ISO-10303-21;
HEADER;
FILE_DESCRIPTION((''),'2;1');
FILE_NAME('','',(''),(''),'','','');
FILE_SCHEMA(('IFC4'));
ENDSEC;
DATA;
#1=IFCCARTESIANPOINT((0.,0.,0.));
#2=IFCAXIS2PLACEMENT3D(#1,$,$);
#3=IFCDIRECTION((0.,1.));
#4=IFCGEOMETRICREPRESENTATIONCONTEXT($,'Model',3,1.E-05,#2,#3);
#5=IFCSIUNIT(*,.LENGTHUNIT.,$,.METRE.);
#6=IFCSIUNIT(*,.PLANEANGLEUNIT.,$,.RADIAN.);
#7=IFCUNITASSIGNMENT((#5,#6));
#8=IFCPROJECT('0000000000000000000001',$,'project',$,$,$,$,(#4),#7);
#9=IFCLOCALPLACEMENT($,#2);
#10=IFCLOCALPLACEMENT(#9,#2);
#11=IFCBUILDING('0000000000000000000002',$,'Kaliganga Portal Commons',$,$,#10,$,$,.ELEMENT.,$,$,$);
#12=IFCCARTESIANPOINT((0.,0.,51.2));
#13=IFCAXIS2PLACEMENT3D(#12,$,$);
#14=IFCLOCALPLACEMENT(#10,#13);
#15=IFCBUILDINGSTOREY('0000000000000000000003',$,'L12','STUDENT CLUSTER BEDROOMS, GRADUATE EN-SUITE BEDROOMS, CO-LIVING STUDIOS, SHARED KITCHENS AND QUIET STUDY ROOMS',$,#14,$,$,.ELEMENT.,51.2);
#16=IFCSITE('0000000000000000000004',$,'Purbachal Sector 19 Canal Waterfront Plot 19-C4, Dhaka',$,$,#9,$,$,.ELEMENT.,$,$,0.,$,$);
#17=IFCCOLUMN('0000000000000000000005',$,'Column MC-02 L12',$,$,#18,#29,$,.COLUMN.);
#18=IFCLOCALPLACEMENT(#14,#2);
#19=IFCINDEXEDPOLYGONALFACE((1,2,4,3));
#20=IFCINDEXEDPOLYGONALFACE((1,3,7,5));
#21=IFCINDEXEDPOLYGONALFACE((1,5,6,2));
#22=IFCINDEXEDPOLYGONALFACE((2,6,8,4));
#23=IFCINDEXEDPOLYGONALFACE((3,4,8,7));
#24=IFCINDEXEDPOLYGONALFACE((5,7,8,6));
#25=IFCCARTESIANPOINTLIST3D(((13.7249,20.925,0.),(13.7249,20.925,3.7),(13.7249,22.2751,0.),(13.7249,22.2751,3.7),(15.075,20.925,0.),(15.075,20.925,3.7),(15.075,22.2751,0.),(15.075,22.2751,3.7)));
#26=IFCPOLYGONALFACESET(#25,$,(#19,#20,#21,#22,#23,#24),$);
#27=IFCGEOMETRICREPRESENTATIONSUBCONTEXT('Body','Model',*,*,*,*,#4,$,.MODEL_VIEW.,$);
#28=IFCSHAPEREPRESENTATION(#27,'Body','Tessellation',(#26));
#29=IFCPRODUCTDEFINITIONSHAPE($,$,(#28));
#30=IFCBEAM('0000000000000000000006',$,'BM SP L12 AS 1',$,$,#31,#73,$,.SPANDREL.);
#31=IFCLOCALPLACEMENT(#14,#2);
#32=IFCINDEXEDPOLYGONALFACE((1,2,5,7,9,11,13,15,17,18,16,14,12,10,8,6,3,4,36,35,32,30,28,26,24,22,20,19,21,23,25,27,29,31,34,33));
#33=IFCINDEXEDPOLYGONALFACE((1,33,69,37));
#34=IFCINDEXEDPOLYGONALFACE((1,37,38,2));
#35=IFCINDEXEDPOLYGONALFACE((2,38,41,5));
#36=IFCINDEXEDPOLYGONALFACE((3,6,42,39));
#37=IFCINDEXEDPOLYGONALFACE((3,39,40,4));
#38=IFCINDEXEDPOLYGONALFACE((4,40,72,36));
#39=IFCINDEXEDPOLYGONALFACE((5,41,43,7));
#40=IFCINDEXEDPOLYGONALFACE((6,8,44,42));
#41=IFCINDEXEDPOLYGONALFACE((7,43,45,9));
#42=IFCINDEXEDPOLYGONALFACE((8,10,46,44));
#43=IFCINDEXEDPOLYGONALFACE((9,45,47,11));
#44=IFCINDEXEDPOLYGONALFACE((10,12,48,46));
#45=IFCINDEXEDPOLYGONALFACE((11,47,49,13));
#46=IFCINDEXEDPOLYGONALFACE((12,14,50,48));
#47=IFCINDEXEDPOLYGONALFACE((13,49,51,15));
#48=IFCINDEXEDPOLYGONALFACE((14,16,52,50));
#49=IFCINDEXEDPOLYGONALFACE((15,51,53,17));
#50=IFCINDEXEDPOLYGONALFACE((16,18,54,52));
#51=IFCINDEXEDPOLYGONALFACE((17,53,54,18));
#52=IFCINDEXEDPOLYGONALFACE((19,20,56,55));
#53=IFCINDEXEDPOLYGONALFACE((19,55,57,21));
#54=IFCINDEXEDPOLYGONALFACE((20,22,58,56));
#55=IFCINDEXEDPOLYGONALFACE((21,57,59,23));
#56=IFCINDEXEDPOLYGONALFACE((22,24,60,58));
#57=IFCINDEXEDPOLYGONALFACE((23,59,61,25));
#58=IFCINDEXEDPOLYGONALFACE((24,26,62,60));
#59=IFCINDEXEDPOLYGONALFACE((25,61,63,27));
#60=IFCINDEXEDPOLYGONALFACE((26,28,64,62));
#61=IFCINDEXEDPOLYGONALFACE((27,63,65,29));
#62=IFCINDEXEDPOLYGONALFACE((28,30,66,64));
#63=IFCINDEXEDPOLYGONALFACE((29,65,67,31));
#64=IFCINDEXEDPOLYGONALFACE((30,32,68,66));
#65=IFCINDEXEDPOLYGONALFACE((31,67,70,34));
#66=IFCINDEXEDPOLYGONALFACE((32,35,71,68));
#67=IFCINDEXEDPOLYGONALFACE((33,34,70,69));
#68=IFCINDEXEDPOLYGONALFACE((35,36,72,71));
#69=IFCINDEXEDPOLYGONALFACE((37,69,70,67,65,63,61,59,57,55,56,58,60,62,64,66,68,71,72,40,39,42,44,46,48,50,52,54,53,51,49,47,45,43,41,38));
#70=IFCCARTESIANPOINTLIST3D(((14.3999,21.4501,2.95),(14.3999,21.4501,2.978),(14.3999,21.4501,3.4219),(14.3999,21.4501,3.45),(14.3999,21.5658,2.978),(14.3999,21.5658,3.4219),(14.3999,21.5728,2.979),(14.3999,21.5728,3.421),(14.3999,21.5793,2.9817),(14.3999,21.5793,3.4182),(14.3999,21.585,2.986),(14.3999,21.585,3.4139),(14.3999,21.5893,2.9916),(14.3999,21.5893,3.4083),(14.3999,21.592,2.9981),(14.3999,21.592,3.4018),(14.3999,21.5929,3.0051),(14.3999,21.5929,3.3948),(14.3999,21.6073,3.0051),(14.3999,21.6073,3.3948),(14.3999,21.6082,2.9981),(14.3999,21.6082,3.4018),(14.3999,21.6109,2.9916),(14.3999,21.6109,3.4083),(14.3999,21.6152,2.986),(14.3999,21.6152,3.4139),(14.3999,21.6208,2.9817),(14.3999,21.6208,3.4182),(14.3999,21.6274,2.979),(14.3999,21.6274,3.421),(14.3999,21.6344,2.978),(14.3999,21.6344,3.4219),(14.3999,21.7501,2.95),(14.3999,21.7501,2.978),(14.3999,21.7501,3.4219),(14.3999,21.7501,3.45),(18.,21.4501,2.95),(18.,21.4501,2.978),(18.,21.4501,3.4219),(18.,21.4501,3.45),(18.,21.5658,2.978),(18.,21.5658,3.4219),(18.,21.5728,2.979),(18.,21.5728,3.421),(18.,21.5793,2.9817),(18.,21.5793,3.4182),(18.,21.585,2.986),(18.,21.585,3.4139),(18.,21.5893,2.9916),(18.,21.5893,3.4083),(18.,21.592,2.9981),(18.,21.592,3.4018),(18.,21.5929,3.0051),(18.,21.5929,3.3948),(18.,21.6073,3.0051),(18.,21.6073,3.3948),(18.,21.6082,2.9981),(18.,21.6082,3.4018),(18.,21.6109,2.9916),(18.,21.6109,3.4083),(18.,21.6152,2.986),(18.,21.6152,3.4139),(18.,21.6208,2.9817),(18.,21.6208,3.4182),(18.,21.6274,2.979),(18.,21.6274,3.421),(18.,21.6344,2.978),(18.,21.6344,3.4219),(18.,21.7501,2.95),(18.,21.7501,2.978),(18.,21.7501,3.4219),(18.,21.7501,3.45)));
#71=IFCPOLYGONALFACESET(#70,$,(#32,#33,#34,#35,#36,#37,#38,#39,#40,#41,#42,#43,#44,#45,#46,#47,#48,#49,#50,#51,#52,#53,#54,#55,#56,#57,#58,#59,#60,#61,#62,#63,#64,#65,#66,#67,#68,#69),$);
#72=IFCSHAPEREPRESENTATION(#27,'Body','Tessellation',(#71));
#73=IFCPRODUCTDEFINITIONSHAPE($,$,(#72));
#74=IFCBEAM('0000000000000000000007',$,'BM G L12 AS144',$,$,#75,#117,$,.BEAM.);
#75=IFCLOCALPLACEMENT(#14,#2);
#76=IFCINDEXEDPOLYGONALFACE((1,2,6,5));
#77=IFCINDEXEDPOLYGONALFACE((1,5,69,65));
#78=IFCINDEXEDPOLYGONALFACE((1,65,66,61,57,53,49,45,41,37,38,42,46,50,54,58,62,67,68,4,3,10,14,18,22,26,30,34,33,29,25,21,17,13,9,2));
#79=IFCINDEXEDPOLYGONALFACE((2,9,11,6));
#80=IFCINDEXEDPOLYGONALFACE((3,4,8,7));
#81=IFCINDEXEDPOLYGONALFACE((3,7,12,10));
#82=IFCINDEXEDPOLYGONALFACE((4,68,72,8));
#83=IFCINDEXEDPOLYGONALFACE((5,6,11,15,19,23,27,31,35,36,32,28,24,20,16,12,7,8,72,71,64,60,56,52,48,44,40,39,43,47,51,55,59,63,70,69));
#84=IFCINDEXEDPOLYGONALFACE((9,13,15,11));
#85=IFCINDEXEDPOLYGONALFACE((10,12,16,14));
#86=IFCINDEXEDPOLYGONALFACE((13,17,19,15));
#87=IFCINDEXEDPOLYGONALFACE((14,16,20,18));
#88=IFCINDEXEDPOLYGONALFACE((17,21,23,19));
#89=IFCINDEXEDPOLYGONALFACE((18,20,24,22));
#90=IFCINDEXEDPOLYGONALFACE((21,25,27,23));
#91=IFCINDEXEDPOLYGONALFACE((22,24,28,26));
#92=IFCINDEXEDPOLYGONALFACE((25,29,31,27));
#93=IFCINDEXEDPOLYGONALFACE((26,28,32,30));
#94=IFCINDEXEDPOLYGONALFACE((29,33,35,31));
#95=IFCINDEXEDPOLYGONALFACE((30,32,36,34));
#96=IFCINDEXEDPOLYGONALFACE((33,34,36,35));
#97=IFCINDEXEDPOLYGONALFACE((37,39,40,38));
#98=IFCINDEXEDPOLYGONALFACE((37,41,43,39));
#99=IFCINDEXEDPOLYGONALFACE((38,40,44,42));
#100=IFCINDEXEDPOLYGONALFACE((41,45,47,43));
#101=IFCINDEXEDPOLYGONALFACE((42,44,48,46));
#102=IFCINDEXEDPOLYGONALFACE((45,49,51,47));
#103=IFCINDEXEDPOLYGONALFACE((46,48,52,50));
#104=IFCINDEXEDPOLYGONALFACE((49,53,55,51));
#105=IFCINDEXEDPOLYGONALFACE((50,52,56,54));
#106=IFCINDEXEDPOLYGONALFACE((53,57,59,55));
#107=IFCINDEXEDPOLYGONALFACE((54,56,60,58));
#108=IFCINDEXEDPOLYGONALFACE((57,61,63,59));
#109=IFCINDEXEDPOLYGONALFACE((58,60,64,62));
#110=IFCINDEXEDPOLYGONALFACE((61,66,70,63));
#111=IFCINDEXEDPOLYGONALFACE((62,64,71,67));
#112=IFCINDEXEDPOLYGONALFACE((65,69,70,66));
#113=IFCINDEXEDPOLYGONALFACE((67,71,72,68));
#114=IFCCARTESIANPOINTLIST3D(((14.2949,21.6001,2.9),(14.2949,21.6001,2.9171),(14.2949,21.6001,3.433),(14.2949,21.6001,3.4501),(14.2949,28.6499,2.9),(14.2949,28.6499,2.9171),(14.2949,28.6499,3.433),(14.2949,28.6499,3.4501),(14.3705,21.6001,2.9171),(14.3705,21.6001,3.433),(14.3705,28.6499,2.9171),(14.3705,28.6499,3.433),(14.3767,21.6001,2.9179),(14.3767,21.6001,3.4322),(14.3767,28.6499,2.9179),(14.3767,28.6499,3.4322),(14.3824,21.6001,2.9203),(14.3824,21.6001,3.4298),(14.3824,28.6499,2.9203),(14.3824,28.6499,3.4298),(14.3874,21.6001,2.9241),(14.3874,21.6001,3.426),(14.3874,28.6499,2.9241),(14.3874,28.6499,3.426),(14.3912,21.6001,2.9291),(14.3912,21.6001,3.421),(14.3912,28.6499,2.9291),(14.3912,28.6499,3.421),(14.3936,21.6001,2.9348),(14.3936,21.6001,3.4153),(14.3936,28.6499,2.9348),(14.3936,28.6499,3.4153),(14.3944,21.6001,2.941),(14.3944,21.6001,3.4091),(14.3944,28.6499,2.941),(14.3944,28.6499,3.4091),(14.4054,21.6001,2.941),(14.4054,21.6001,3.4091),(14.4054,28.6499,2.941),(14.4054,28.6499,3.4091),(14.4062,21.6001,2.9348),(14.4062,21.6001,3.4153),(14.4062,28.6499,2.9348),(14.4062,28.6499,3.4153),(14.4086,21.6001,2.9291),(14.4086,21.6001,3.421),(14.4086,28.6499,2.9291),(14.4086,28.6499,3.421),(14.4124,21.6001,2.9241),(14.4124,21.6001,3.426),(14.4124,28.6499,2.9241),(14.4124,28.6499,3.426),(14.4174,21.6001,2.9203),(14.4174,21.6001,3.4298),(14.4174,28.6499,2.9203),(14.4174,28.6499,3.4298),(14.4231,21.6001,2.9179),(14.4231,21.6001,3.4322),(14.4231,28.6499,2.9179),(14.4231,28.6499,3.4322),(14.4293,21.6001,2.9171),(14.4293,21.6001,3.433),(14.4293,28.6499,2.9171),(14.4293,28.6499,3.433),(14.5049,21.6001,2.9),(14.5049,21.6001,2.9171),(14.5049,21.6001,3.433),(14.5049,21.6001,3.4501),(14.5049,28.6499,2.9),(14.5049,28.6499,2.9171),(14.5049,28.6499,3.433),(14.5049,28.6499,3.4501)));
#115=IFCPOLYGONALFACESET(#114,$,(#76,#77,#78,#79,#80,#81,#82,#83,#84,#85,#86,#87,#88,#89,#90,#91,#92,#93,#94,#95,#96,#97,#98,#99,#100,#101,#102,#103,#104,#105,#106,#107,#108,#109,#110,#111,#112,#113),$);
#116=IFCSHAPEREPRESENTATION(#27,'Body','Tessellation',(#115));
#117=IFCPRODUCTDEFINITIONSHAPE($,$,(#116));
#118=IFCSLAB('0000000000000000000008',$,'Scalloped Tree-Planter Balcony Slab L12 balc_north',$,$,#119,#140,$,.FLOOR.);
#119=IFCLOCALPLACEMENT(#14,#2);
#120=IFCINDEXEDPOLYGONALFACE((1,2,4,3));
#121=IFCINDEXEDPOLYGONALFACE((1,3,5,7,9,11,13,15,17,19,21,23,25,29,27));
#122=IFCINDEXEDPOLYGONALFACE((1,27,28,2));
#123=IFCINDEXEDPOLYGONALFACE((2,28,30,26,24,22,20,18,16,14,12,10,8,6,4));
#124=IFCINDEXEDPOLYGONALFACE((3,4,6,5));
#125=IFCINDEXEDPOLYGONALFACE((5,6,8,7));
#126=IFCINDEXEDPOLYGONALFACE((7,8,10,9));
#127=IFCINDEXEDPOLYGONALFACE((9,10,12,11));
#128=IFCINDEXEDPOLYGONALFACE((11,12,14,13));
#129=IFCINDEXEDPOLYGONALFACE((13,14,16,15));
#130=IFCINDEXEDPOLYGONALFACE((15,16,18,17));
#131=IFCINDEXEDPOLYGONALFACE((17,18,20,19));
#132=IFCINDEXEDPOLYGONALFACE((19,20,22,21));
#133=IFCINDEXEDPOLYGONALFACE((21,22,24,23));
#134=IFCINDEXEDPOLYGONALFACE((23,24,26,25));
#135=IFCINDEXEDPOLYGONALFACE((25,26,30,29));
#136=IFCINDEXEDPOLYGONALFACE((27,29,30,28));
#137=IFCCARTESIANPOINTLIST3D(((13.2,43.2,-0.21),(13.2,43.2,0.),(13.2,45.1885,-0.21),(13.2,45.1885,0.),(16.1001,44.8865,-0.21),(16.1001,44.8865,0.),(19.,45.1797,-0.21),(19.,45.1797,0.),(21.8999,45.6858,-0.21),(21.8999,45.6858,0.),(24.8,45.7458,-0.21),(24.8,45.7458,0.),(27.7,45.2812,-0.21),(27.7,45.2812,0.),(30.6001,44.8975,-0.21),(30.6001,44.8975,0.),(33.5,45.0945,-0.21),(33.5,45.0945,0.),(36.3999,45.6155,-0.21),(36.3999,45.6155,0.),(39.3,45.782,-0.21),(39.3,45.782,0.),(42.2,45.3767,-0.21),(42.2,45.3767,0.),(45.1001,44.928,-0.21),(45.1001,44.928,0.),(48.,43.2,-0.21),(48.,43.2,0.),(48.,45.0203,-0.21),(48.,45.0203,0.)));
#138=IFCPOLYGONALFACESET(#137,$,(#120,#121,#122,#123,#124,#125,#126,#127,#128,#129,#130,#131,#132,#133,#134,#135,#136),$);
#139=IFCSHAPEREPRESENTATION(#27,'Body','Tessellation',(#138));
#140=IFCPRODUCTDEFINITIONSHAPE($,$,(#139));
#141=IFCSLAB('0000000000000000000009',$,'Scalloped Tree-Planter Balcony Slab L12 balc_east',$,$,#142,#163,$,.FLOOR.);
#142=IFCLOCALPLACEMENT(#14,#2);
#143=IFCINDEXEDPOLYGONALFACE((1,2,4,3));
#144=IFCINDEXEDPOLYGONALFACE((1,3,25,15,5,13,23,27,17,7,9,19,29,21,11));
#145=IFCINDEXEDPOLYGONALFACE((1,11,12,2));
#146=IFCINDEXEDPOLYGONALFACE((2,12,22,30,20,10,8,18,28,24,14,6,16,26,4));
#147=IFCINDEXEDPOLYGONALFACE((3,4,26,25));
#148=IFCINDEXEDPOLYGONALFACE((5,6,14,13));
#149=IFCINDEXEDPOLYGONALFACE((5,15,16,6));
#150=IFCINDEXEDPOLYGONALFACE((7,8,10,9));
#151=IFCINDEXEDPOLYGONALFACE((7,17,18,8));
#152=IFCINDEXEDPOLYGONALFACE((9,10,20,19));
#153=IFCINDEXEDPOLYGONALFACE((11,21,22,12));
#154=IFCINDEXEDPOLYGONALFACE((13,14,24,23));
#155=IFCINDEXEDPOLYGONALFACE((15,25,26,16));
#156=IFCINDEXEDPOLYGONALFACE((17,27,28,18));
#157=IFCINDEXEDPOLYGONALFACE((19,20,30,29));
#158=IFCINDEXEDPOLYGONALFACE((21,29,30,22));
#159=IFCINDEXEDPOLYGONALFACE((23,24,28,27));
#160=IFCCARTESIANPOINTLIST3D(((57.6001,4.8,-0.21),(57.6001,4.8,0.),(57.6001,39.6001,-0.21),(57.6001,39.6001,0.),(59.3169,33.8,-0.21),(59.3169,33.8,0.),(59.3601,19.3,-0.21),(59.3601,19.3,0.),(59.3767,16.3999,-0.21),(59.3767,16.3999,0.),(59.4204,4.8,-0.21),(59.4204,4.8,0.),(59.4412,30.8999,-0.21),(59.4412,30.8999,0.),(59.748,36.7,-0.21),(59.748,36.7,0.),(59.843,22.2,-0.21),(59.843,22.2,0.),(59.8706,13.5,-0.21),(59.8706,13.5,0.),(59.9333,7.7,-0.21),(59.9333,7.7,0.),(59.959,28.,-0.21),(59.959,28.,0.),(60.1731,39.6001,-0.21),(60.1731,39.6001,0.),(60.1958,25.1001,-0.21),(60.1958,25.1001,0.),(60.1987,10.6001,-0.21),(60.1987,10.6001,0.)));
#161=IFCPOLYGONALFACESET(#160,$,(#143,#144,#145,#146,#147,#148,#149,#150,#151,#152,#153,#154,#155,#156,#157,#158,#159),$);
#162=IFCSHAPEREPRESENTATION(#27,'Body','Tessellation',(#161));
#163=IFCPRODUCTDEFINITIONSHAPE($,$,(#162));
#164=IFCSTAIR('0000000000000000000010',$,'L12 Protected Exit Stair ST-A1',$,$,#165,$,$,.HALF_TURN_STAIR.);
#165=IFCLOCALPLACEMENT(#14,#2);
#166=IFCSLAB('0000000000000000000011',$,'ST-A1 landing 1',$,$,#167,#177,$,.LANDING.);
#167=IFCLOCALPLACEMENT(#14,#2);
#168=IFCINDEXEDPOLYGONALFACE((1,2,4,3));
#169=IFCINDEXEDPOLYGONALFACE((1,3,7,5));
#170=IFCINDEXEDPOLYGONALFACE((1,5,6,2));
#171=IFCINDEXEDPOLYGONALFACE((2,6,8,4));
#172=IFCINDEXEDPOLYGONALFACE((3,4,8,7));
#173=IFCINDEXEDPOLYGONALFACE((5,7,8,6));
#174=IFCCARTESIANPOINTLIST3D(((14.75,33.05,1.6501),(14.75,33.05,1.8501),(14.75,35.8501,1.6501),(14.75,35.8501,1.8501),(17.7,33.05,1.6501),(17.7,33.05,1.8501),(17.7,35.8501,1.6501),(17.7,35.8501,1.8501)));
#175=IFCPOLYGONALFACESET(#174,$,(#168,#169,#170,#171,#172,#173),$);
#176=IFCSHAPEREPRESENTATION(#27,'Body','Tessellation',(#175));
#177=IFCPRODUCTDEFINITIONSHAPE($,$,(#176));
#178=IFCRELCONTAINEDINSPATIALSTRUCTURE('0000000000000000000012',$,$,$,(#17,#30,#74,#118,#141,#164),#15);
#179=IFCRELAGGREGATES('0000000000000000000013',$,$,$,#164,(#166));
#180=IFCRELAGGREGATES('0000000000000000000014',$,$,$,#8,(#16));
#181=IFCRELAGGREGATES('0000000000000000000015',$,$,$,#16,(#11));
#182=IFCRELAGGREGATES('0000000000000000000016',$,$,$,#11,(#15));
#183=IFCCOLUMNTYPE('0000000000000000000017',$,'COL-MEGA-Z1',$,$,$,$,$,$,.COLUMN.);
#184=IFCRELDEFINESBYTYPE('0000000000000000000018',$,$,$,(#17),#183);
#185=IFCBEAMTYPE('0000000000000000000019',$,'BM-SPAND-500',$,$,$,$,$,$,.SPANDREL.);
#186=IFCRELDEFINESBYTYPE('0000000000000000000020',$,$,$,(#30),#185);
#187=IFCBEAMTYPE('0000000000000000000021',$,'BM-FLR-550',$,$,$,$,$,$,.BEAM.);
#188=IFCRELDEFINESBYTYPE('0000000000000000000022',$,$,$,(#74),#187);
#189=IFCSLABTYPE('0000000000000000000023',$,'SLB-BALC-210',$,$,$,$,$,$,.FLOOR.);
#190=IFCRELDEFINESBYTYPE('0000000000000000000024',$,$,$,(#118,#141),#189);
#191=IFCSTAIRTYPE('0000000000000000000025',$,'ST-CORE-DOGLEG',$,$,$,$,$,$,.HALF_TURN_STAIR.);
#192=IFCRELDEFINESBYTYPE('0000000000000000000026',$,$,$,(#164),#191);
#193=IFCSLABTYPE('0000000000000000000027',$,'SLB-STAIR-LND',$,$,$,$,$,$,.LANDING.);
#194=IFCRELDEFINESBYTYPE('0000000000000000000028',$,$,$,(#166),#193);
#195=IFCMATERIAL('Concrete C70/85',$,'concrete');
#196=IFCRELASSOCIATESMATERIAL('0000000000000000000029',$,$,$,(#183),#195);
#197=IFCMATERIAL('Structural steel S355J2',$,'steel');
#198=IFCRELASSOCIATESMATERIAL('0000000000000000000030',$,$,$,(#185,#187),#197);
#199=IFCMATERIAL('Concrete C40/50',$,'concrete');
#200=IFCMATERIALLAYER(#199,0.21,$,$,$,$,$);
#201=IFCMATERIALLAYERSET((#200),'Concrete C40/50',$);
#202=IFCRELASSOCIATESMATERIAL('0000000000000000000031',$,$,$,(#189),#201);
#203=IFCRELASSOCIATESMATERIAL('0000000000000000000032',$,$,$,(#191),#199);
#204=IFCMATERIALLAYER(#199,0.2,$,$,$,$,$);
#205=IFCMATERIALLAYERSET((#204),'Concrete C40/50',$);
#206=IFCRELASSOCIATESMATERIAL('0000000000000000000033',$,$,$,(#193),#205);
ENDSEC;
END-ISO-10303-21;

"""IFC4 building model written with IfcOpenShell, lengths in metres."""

from ifc_helpers import new_model, si_unit, direction, frame, origin, origin_2d, place, context, subcontext, project, spatial, polyline, rectangle, i_section, outline, extrude, source, transform, mapped, material, layer, layer_set, material_profile, profile_set, type_object, element, aggregate, save


model = new_model("IFC4")

# Units and contexts
model_context = context("Model", 3, precision=1e-05, world=origin(), true_north=direction((0.0, 1.0)))
body_context = subcontext(model_context, "Body", "Model", "MODEL_VIEW")
ifc_project = project(units=[si_unit("LENGTHUNIT", "METRE"), si_unit("PLANEANGLEUNIT", "RADIAN")], contexts=[model_context])

# Site, building, storey
site_placement = place(None, origin())
site = spatial("IfcSite", under=ifc_project, at=site_placement, Name="Purbachal Sector 19 Canal Waterfront Plot 19-C4, Dhaka", CompositionType="ELEMENT", RefElevation=0.0)
building_placement = place(site_placement, origin())
building = spatial("IfcBuilding", under=site, at=building_placement, Name="Kaliganga Portal Commons", CompositionType="ELEMENT")
storey_placement = place(building_placement, frame((0.0, 0.0, 51.2)))
storey = spatial("IfcBuildingStorey", under=building, at=storey_placement, Name="L12", Description="STUDENT CLUSTER BEDROOMS, GRADUATE EN-SUITE BEDROOMS, CO-LIVING STUDIOS, SHARED KITCHENS AND QUIET STUDY ROOMS", CompositionType="ELEMENT", Elevation=51.2)

# Column
ifc_material_1 = material(Name="Concrete C70/85", Category="concrete")
ifc_material_profile_1 = material_profile(ifc_material_1, rectangle(XDim=1.3501, YDim=1.3501, at=origin_2d()), Name="RC 1350x1350")
ifc_profile_set_1 = profile_set([ifc_material_profile_1], Name="Concrete C70/85")
column_type = type_object("IfcColumnType", Name="COL-MEGA-Z1", PredefinedType="COLUMN", material=ifc_profile_set_1)
shared_shape_1 = source(origin(), body_context, "Body", "SweptSolid", [
    extrude(rectangle(XDim=1.3501, YDim=1.3501, at=origin_2d()), origin(), (0.0, 0.0, 1.0), 3.7),
])
column_placement = place(storey_placement, frame((14.3999, 21.6001, 0.0), z_axis=(0.0, 0.0, 1.0), x_axis=(1.0, 0.0, 0.0)))
element("IfcColumn", 1, at=column_placement, inside=storey, type_object=column_type, Name="Column MC-02 L12", PredefinedType="COLUMN", context=body_context, shape_type="MappedRepresentation", body=[
    mapped(shared_shape_1, transform((0.0, 0.0, 0.0), x_axis=(1.0, 0.0, 0.0), y_axis=(0.0, 1.0, 0.0), z_axis=(0.0, 0.0, 1.0), scale=1.0)),
])

# Beams
ifc_material_2 = material(Name="Structural steel S355J2", Category="steel")
ifc_material_profile_2 = material_profile(ifc_material_2, i_section(OverallWidth=0.3, OverallDepth=0.5, WebThickness=0.0144, FlangeThickness=0.0281, FilletRadius=0.0271, at=origin_2d()), Name="HE 500 B")
ifc_profile_set_2 = profile_set([ifc_material_profile_2], Name="Structural steel S355J2 wide-flange")
beam_type_1 = type_object("IfcBeamType", Name="BM-SPAND-500", PredefinedType="SPANDREL", material=ifc_profile_set_2)
shared_shape_2 = source(origin(), body_context, "Body", "SweptSolid", [
    extrude(i_section(OverallWidth=0.3, OverallDepth=0.5, WebThickness=0.0144, FlangeThickness=0.0281, FilletRadius=0.0271, at=origin_2d()), origin(), (0.0, 0.0, 1.0), 3.6001),
])
beam_1_placement = place(storey_placement, frame((14.3999, 21.6001, 3.2), z_axis=(1.0, 0.0, 0.0), x_axis=(0.0, 1.0, 0.0)))
element("IfcBeam", 2, at=beam_1_placement, inside=storey, type_object=beam_type_1, Name="BM SP L12 AS 1", PredefinedType="SPANDREL", context=body_context, shape_type="MappedRepresentation", body=[
    mapped(shared_shape_2, transform((0.0, 0.0, 0.0), x_axis=(1.0, 0.0, 0.0), y_axis=(0.0, 1.0, 0.0), z_axis=(0.0, 0.0, 1.0), scale=1.0)),
])
ifc_material_profile_3 = material_profile(ifc_material_2, i_section(OverallWidth=0.21, OverallDepth=0.55, WebThickness=0.011, FlangeThickness=0.0171, FilletRadius=0.0239, at=origin_2d()), Name="IPE 550")
ifc_profile_set_3 = profile_set([ifc_material_profile_3], Name="Structural steel S355J2 wide-flange")
beam_type_2 = type_object("IfcBeamType", Name="BM-FLR-550", PredefinedType="BEAM", material=ifc_profile_set_3)
shared_shape_3 = source(origin(), body_context, "Body", "SweptSolid", [
    extrude(i_section(OverallWidth=0.21, OverallDepth=0.55, WebThickness=0.011, FlangeThickness=0.0171, FilletRadius=0.0239, at=origin_2d()), origin(), (0.0, 0.0, 1.0), 7.0498),
])
beam_2_placement = place(storey_placement, frame((14.3999, 21.6001, 3.175), z_axis=(0.0, 1.0, 0.0), x_axis=(-1.0, 0.0, 0.0)))
element("IfcBeam", 3, at=beam_2_placement, inside=storey, type_object=beam_type_2, Name="BM G L12 AS144", PredefinedType="BEAM", context=body_context, shape_type="MappedRepresentation", body=[
    mapped(shared_shape_3, transform((0.0, 0.0, 0.0), x_axis=(1.0, 0.0, 0.0), y_axis=(0.0, 1.0, 0.0), z_axis=(0.0, 0.0, 1.0), scale=1.0)),
])

# Slabs
ifc_material_3 = material(Name="Concrete C40/50", Category="concrete")
ifc_layer_1 = layer(ifc_material_3, 0.21)
ifc_layer_set_1 = layer_set([ifc_layer_1], Name="Concrete C40/50")
slab_type_1 = type_object("IfcSlabType", Name="SLB-BALC-210", PredefinedType="FLOOR", material=ifc_layer_set_1)
slab_1_placement = place(storey_placement, frame((0.0, 0.0, -0.21)))
element("IfcSlab", 4, at=slab_1_placement, inside=storey, type_object=slab_type_1, Name="Scalloped Tree-Planter Balcony Slab L12 balc_north", PredefinedType="FLOOR", context=body_context, shape_type="SweptSolid", body=[
    extrude(outline(polyline([(48.0, 43.2), (48.0, 45.0203), (45.1001, 44.928), (42.2, 45.3767), (39.3, 45.782), (36.3999, 45.6155), (33.5, 45.0945), (30.6001, 44.8975), (27.7, 45.2812), (24.8, 45.7458), (21.8999, 45.6858), (19.0, 45.1797), (16.1001, 44.8865), (13.2, 45.1885), (13.2, 43.2), (48.0, 43.2)])), origin(), (0.0, 0.0, 1.0), 0.21),
])
slab_2_placement = place(storey_placement, frame((0.0, 0.0, -0.21)))
element("IfcSlab", 5, at=slab_2_placement, inside=storey, type_object=slab_type_1, Name="Scalloped Tree-Planter Balcony Slab L12 balc_east", PredefinedType="FLOOR", context=body_context, shape_type="SweptSolid", body=[
    extrude(outline(polyline([(57.6001, 4.8), (59.4204, 4.8), (59.9333, 7.7), (60.1987, 10.6001), (59.8706, 13.5), (59.3767, 16.3999), (59.3601, 19.3), (59.843, 22.2), (60.1958, 25.1001), (59.959, 28.0), (59.4412, 30.8999), (59.3169, 33.8), (59.748, 36.7), (60.1731, 39.6001), (57.6001, 39.6001), (57.6001, 4.8)])), origin(), (0.0, 0.0, 1.0), 0.21),
])

# Stair, slab
stair_type = type_object("IfcStairType", Name="ST-CORE-DOGLEG", PredefinedType="HALF_TURN_STAIR", material=ifc_material_3)
stair_1_placement = place(storey_placement, origin())
stair_1 = element("IfcStair", 6, at=stair_1_placement, inside=storey, type_object=stair_type, Name="L12 Protected Exit Stair ST-A1", PredefinedType="HALF_TURN_STAIR")
ifc_layer_2 = layer(ifc_material_3, 0.2)
ifc_layer_set_2 = layer_set([ifc_layer_2], Name="Concrete C40/50")
slab_type_2 = type_object("IfcSlabType", Name="SLB-STAIR-LND", PredefinedType="LANDING", material=ifc_layer_set_2)
slab_3_placement = place(storey_placement, frame((0.0, 0.0, 1.6501)))
slab_3 = element("IfcSlab", 7, at=slab_3_placement, type_object=slab_type_2, Name="ST-A1 landing 1", PredefinedType="LANDING", context=body_context, shape_type="SweptSolid", body=[
    extrude(outline(polyline([(17.7, 33.05), (17.7, 35.8501), (14.75, 35.8501), (14.75, 33.05), (17.7, 33.05)])), origin(), (0.0, 0.0, 1.0), 0.2),
])
aggregate(stair_1, [slab_3])

save(model, "model.ifc")
